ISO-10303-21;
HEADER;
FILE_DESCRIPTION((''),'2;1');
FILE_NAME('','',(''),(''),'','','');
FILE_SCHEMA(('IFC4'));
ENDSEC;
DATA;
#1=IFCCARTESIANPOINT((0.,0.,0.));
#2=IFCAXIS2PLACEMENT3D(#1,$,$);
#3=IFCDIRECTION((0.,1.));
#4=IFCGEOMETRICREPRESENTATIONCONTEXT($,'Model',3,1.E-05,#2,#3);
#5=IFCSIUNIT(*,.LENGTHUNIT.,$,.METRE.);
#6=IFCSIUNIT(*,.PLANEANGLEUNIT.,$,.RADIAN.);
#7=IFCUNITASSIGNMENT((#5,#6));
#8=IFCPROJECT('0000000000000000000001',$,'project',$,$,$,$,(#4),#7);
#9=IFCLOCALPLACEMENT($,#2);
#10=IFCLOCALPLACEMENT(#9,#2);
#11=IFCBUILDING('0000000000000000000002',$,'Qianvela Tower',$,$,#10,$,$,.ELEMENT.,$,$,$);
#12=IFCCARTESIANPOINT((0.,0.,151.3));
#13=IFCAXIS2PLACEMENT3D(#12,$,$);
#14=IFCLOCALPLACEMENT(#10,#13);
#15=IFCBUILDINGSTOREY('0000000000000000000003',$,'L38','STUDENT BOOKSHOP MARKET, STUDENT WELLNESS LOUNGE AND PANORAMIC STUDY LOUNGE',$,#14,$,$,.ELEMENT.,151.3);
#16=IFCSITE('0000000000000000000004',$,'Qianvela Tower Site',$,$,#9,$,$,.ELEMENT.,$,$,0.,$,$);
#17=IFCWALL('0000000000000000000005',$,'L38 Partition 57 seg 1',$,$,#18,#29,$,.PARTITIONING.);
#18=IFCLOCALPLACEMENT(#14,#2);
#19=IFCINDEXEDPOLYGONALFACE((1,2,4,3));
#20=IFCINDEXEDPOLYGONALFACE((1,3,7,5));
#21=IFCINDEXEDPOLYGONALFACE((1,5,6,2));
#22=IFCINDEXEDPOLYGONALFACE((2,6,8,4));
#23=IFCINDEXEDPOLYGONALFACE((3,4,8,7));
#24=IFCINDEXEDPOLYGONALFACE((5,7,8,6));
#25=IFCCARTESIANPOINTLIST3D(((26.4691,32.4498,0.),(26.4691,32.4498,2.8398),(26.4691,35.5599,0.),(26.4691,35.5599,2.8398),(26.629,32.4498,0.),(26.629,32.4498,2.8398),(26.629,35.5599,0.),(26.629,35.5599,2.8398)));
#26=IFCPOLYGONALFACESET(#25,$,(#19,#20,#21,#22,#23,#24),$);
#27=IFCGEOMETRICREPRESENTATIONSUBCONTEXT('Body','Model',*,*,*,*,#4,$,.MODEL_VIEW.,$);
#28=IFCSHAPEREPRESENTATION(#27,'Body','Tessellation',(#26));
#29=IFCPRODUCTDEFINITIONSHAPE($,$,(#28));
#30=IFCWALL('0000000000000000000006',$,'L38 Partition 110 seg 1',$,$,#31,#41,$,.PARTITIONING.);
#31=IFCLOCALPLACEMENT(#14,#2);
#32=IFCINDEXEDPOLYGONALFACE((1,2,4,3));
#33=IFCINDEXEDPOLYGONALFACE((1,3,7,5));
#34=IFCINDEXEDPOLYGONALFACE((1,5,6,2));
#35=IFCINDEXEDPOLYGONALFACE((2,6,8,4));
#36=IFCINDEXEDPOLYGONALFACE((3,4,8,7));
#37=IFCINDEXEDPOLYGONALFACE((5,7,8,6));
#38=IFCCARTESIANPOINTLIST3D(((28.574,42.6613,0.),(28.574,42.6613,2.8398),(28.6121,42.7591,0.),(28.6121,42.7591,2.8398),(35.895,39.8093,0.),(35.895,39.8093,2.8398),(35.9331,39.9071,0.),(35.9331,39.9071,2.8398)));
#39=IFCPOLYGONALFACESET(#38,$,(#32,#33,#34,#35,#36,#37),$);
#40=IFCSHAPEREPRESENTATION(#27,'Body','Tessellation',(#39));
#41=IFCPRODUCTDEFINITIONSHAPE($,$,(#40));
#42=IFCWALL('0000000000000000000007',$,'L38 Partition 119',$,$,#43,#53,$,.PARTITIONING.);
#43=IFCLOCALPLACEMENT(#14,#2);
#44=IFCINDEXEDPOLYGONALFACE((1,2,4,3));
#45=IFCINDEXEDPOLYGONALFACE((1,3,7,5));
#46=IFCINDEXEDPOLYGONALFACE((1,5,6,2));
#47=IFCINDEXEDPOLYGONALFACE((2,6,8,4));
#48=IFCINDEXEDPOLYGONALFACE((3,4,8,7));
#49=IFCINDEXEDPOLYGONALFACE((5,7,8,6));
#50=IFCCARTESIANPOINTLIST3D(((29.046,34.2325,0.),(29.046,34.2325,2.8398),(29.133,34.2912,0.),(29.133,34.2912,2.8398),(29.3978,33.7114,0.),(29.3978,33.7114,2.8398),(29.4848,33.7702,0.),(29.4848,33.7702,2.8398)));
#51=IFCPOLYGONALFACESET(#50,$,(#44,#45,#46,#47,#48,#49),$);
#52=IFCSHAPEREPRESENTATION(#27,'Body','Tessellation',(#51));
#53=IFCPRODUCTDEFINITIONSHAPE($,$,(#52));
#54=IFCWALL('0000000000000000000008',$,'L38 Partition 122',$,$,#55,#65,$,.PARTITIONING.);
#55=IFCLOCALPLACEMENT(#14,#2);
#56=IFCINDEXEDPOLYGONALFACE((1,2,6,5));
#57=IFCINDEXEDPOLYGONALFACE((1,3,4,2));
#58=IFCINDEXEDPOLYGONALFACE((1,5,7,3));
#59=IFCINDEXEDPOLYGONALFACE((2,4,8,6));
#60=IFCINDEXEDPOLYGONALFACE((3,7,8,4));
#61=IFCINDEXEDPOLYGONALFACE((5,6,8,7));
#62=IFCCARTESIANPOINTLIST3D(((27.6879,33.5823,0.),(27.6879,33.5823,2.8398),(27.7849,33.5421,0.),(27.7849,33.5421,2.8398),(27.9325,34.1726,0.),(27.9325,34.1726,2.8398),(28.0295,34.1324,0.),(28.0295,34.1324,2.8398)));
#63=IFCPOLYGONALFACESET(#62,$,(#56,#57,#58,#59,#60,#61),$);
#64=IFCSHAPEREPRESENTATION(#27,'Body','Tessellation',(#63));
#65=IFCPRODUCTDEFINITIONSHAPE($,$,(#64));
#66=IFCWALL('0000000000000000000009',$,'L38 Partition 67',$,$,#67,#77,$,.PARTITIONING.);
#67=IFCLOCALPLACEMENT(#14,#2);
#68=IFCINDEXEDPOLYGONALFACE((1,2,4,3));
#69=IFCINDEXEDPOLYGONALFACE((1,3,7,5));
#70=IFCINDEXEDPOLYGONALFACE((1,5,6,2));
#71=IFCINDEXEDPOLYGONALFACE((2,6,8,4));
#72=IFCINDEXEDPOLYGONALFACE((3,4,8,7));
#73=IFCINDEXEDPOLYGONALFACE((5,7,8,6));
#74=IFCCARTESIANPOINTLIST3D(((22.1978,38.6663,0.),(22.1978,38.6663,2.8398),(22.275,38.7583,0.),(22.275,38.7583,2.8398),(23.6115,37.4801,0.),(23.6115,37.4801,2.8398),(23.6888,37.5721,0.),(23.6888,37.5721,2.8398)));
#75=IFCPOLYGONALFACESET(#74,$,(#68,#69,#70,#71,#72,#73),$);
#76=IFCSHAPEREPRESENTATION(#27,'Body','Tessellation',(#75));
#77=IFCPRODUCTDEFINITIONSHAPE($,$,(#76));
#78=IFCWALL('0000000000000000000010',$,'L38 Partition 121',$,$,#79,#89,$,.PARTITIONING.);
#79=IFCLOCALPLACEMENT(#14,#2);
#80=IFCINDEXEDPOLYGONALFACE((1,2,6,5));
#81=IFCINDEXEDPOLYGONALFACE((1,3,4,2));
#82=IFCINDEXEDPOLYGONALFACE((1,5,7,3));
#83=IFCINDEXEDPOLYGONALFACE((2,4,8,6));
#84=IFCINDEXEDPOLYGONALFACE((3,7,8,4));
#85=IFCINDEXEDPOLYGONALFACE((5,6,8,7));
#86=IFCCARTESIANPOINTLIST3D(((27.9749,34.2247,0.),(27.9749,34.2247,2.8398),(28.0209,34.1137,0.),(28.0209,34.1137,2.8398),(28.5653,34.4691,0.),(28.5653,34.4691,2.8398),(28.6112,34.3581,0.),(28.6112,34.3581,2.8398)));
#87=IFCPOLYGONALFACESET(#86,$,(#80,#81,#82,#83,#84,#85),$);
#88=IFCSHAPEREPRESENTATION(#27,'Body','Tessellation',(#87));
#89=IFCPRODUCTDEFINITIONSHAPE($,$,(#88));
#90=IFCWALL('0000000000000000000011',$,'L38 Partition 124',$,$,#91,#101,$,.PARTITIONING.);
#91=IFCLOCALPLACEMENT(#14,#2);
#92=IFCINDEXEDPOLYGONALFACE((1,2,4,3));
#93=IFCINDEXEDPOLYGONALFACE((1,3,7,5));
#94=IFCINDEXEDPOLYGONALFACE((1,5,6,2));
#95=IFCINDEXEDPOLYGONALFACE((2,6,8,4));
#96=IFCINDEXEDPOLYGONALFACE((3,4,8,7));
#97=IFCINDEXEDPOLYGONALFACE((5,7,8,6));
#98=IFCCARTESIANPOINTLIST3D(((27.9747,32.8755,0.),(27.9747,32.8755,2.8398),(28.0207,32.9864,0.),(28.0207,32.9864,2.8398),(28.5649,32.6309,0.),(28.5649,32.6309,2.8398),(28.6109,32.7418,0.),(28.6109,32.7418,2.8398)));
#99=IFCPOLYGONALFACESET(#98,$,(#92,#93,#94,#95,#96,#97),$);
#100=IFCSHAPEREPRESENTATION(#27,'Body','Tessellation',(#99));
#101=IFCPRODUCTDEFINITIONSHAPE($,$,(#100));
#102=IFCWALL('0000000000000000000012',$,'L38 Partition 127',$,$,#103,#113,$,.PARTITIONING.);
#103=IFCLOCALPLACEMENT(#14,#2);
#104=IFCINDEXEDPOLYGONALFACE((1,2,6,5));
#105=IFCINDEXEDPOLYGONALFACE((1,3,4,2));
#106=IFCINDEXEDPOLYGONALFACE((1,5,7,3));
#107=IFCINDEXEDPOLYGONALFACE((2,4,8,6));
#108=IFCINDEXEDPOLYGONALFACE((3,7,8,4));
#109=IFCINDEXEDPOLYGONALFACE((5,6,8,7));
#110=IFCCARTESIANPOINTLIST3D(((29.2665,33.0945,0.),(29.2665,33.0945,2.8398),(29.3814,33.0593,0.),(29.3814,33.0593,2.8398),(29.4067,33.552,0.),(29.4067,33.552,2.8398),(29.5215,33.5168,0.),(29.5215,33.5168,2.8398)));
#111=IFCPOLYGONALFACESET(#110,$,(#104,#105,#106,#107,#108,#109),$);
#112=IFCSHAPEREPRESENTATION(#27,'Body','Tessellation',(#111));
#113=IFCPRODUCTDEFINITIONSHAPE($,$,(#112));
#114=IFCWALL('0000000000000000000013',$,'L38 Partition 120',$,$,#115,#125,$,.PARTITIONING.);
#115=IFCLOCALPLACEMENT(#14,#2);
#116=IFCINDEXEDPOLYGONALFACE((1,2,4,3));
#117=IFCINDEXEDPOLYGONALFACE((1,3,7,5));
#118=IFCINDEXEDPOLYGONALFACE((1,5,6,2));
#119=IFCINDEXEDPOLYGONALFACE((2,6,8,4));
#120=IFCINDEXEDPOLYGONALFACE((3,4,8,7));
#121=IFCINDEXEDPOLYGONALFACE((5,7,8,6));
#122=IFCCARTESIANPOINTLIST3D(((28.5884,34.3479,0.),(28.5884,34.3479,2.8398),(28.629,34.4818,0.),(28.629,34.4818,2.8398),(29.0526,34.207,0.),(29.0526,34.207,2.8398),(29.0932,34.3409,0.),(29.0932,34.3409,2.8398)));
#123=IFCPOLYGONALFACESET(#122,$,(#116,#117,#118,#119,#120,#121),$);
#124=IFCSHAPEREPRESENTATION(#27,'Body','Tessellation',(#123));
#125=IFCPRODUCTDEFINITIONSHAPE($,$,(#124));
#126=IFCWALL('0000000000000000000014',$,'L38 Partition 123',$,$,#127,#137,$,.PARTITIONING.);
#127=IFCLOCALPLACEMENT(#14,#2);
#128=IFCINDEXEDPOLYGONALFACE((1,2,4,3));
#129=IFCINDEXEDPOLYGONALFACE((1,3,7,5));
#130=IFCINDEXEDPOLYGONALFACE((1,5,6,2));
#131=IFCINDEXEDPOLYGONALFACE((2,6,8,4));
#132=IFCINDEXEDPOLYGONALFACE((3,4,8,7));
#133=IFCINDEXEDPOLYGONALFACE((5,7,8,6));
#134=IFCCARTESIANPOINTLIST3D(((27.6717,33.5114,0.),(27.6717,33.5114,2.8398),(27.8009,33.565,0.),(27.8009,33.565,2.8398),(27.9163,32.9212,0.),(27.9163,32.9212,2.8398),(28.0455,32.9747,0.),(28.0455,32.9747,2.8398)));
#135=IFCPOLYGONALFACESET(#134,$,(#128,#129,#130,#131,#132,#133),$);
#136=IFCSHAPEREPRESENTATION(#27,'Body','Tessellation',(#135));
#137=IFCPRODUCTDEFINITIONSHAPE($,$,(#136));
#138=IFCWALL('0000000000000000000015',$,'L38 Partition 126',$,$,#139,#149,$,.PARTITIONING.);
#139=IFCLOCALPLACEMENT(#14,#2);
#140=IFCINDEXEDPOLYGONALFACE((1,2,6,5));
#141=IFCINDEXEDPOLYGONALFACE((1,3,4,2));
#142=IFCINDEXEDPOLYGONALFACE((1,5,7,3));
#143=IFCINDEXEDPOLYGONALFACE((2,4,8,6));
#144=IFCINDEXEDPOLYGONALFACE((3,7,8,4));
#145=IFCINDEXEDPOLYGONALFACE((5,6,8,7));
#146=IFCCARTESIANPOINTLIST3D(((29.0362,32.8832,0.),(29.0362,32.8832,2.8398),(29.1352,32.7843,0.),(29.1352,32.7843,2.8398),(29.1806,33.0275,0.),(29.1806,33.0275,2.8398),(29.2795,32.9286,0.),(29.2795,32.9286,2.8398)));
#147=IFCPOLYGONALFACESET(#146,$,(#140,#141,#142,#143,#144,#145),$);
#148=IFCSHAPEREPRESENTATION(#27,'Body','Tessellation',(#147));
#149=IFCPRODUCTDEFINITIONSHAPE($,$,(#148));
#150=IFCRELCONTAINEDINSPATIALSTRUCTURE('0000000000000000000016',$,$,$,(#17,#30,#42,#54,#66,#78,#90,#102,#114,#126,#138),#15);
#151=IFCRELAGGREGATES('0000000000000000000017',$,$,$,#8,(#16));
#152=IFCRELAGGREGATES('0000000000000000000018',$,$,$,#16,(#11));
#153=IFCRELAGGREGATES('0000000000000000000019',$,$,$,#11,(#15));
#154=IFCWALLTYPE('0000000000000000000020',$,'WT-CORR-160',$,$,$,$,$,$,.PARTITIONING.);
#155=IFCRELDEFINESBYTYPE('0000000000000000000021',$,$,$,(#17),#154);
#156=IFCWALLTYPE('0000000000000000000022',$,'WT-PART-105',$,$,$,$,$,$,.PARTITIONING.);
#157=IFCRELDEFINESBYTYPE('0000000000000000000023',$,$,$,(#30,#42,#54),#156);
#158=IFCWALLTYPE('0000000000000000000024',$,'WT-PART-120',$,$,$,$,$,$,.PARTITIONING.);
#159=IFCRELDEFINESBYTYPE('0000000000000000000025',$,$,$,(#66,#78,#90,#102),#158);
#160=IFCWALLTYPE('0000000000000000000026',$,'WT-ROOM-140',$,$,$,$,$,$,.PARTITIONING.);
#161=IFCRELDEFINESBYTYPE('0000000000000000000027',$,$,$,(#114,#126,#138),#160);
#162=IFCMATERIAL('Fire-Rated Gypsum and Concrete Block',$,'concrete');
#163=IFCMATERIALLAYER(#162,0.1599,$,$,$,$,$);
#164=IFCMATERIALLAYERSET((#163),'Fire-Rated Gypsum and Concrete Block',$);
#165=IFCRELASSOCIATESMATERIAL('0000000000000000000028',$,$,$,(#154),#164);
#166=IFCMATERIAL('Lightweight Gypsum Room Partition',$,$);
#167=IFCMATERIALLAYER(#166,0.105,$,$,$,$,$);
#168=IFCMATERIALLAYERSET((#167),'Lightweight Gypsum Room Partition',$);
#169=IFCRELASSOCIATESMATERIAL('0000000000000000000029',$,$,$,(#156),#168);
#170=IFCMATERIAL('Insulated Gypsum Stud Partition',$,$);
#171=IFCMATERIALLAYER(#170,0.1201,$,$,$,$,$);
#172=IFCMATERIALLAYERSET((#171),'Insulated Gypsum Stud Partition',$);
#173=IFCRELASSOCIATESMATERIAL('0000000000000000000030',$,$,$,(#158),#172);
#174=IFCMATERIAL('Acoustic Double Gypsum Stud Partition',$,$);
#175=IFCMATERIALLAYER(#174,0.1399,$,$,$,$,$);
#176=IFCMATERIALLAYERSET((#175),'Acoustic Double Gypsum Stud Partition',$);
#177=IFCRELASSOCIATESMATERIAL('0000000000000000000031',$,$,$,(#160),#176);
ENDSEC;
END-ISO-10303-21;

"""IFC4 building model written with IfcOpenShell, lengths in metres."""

from ifc_helpers import new_model, si_unit, direction, frame, frame_2d, origin, place, context, subcontext, project, spatial, rectangle, extrude, material, layer, layer_set, type_object, element, save


model = new_model("IFC4")

# Units and contexts
model_context = context("Model", 3, precision=1e-05, world=origin(), true_north=direction((0.0, 1.0)))
body_context = subcontext(model_context, "Body", "Model", "MODEL_VIEW")
ifc_project = project(units=[si_unit("LENGTHUNIT", "METRE"), si_unit("PLANEANGLEUNIT", "RADIAN")], contexts=[model_context])

# Site, building, storey
site_placement = place(None, origin())
site = spatial("IfcSite", under=ifc_project, at=site_placement, Name="Qianvela Tower Site", CompositionType="ELEMENT", RefElevation=0.0)
building_placement = place(site_placement, origin())
building = spatial("IfcBuilding", under=site, at=building_placement, Name="Qianvela Tower", CompositionType="ELEMENT")
storey_placement = place(building_placement, frame((0.0, 0.0, 151.3)))
storey = spatial("IfcBuildingStorey", under=building, at=storey_placement, Name="L38", Description="STUDENT BOOKSHOP MARKET, STUDENT WELLNESS LOUNGE AND PANORAMIC STUDY LOUNGE", CompositionType="ELEMENT", Elevation=151.3)

# Shared definitions
ifc_material_1 = material(Name="Fire-Rated Gypsum and Concrete Block", Category="concrete")
ifc_layer_1 = layer(ifc_material_1, 0.1599)
ifc_layer_set_1 = layer_set([ifc_layer_1], Name="Fire-Rated Gypsum and Concrete Block")
wall_type_1 = type_object("IfcWallType", Name="WT-CORR-160", PredefinedType="PARTITIONING", material=ifc_layer_set_1)

# Walls
wall_1_placement = place(storey_placement, frame((26.5491, 35.5601, 0.0), z_axis=(0.0, 0.0, 1.0), x_axis=(0.0, -1.0, 0.0)))
element("IfcWall", 1, at=wall_1_placement, inside=storey, type_object=wall_type_1, Name="L38 Partition 57 seg 1", PredefinedType="PARTITIONING", context=body_context, shape_type="SweptSolid", body=[
    extrude(rectangle(XDim=3.1101, YDim=0.1599, at=frame_2d((1.5552, 0.0))), origin(), (0.0, 0.0, 1.0), 2.8398),
])
ifc_material_2 = material(Name="Lightweight Gypsum Room Partition")
ifc_layer_2 = layer(ifc_material_2, 0.105)
ifc_layer_set_2 = layer_set([ifc_layer_2], Name="Lightweight Gypsum Room Partition")
wall_type_2 = type_object("IfcWallType", Name="WT-PART-105", PredefinedType="PARTITIONING", material=ifc_layer_set_2)
wall_2_placement = place(storey_placement, frame((28.593, 42.7102, 0.0), z_axis=(0.0, 0.0, 1.0), x_axis=(0.93179, -0.362997, 0.0)))
element("IfcWall", 2, at=wall_2_placement, inside=storey, type_object=wall_type_2, Name="L38 Partition 110 seg 1", PredefinedType="PARTITIONING", context=body_context, shape_type="SweptSolid", body=[
    extrude(rectangle(XDim=7.8569, YDim=0.105, at=frame_2d((3.9285, 0.0))), origin(), (0.0, 0.0, 1.0), 2.8398),
])
wall_3_placement = place(storey_placement, frame((29.4414, 33.7407, 0.0), z_axis=(0.0, 0.0, 1.0), x_axis=(-0.55962, 0.82875, 0.0)))
element("IfcWall", 3, at=wall_3_placement, inside=storey, type_object=wall_type_2, Name="L38 Partition 119", PredefinedType="PARTITIONING", context=body_context, shape_type="SweptSolid", body=[
    extrude(rectangle(XDim=0.6287, YDim=0.105, at=frame_2d((0.3145, 0.0))), origin(), (0.0, 0.0, 1.0), 2.8398),
])
wall_4_placement = place(storey_placement, frame((27.981, 34.1523, 0.0), z_axis=(0.0, 0.0, 1.0), x_axis=(-0.382824, -0.923821, 0.0)))
element("IfcWall", 4, at=wall_4_placement, inside=storey, type_object=wall_type_2, Name="L38 Partition 122", PredefinedType="PARTITIONING", context=body_context, shape_type="SweptSolid", body=[
    extrude(rectangle(XDim=0.6389, YDim=0.105, at=frame_2d((0.3193, 0.0))), origin(), (0.0, 0.0, 1.0), 2.8398),
])
ifc_material_3 = material(Name="Insulated Gypsum Stud Partition")
ifc_layer_3 = layer(ifc_material_3, 0.1201)
ifc_layer_set_3 = layer_set([ifc_layer_3], Name="Insulated Gypsum Stud Partition")
wall_type_3 = type_object("IfcWallType", Name="WT-PART-120", PredefinedType="PARTITIONING", material=ifc_layer_set_3)
wall_5_placement = place(storey_placement, frame((22.2363, 38.7124, 0.0), z_axis=(0.0, 0.0, 1.0), x_axis=(0.766059, -0.64277, 0.0)))
element("IfcWall", 5, at=wall_5_placement, inside=storey, type_object=wall_type_3, Name="L38 Partition 67", PredefinedType="PARTITIONING", context=body_context, shape_type="SweptSolid", body=[
    extrude(rectangle(XDim=1.8455, YDim=0.1201, at=frame_2d((0.9229, 0.0))), origin(), (0.0, 0.0, 1.0), 2.8398),
])
for number, where, z_axis, x_axis, name in (
    (6, (28.5881, 34.4136, 0.0), (0.0, 0.0, 1.0), (-0.923956, -0.382498, 0.0), "L38 Partition 121"),
    (7, (27.9978, 32.9309, 0.0), (0.0, 0.0, 1.0), (0.923821, -0.382824, 0.0), "L38 Partition 124"),
):
    element("IfcWall", number, at=place(storey_placement, frame(where, z_axis=z_axis, x_axis=x_axis)), inside=storey, type_object=wall_type_3, Name=name, PredefinedType="PARTITIONING", context=body_context, shape_type="SweptSolid", body=[
        extrude(rectangle(XDim=0.6389, YDim=0.1201, at=frame_2d((0.3193, 0.0))), origin(), (0.0, 0.0, 1.0), 2.8398),
    ])
wall_6_placement = place(storey_placement, frame((29.324, 33.0769, 0.0), z_axis=(0.0, 0.0, 1.0), x_axis=(0.292867, 0.956153, 0.0)))
element("IfcWall", 8, at=wall_6_placement, inside=storey, type_object=wall_type_3, Name="L38 Partition 127", PredefinedType="PARTITIONING", context=body_context, shape_type="SweptSolid", body=[
    extrude(rectangle(XDim=0.4785, YDim=0.1201, at=frame_2d((0.2393, 0.0))), origin(), (0.0, 0.0, 1.0), 2.8398),
])
ifc_material_4 = material(Name="Acoustic Double Gypsum Stud Partition")
ifc_layer_4 = layer(ifc_material_4, 0.1399)
ifc_layer_set_4 = layer_set([ifc_layer_4], Name="Acoustic Double Gypsum Stud Partition")
wall_type_4 = type_object("IfcWallType", Name="WT-ROOM-140", PredefinedType="PARTITIONING", material=ifc_layer_set_4)
wall_7_placement = place(storey_placement, frame((29.073, 34.2739, 0.0), z_axis=(0.0, 0.0, 1.0), x_axis=(-0.956893, 0.29044, 0.0)))
element("IfcWall", 9, at=wall_7_placement, inside=storey, type_object=wall_type_4, Name="L38 Partition 120", PredefinedType="PARTITIONING", context=body_context, shape_type="SweptSolid", body=[
    extrude(rectangle(XDim=0.4851, YDim=0.1399, at=frame_2d((0.2427, 0.0))), origin(), (0.0, 0.0, 1.0), 2.8398),
])
wall_8_placement = place(storey_placement, frame((27.7363, 33.5381, 0.0), z_axis=(0.0, 0.0, 1.0), x_axis=(0.382824, -0.923821, 0.0)))
element("IfcWall", 10, at=wall_8_placement, inside=storey, type_object=wall_type_4, Name="L38 Partition 123", PredefinedType="PARTITIONING", context=body_context, shape_type="SweptSolid", body=[
    extrude(rectangle(XDim=0.6389, YDim=0.1399, at=frame_2d((0.3193, 0.0))), origin(), (0.0, 0.0, 1.0), 2.8398),
])
wall_9_placement = place(storey_placement, frame((29.0857, 32.8337, 0.0), z_axis=(0.0, 0.0, 1.0), x_axis=(0.707107, 0.707107, 0.0)))
element("IfcWall", 11, at=wall_9_placement, inside=storey, type_object=wall_type_4, Name="L38 Partition 126", PredefinedType="PARTITIONING", context=body_context, shape_type="SweptSolid", body=[
    extrude(rectangle(XDim=0.2041, YDim=0.1399, at=frame_2d((0.1021, 0.0))), origin(), (0.0, 0.0, 1.0), 2.8398),
])

save(model, "model.ifc")
